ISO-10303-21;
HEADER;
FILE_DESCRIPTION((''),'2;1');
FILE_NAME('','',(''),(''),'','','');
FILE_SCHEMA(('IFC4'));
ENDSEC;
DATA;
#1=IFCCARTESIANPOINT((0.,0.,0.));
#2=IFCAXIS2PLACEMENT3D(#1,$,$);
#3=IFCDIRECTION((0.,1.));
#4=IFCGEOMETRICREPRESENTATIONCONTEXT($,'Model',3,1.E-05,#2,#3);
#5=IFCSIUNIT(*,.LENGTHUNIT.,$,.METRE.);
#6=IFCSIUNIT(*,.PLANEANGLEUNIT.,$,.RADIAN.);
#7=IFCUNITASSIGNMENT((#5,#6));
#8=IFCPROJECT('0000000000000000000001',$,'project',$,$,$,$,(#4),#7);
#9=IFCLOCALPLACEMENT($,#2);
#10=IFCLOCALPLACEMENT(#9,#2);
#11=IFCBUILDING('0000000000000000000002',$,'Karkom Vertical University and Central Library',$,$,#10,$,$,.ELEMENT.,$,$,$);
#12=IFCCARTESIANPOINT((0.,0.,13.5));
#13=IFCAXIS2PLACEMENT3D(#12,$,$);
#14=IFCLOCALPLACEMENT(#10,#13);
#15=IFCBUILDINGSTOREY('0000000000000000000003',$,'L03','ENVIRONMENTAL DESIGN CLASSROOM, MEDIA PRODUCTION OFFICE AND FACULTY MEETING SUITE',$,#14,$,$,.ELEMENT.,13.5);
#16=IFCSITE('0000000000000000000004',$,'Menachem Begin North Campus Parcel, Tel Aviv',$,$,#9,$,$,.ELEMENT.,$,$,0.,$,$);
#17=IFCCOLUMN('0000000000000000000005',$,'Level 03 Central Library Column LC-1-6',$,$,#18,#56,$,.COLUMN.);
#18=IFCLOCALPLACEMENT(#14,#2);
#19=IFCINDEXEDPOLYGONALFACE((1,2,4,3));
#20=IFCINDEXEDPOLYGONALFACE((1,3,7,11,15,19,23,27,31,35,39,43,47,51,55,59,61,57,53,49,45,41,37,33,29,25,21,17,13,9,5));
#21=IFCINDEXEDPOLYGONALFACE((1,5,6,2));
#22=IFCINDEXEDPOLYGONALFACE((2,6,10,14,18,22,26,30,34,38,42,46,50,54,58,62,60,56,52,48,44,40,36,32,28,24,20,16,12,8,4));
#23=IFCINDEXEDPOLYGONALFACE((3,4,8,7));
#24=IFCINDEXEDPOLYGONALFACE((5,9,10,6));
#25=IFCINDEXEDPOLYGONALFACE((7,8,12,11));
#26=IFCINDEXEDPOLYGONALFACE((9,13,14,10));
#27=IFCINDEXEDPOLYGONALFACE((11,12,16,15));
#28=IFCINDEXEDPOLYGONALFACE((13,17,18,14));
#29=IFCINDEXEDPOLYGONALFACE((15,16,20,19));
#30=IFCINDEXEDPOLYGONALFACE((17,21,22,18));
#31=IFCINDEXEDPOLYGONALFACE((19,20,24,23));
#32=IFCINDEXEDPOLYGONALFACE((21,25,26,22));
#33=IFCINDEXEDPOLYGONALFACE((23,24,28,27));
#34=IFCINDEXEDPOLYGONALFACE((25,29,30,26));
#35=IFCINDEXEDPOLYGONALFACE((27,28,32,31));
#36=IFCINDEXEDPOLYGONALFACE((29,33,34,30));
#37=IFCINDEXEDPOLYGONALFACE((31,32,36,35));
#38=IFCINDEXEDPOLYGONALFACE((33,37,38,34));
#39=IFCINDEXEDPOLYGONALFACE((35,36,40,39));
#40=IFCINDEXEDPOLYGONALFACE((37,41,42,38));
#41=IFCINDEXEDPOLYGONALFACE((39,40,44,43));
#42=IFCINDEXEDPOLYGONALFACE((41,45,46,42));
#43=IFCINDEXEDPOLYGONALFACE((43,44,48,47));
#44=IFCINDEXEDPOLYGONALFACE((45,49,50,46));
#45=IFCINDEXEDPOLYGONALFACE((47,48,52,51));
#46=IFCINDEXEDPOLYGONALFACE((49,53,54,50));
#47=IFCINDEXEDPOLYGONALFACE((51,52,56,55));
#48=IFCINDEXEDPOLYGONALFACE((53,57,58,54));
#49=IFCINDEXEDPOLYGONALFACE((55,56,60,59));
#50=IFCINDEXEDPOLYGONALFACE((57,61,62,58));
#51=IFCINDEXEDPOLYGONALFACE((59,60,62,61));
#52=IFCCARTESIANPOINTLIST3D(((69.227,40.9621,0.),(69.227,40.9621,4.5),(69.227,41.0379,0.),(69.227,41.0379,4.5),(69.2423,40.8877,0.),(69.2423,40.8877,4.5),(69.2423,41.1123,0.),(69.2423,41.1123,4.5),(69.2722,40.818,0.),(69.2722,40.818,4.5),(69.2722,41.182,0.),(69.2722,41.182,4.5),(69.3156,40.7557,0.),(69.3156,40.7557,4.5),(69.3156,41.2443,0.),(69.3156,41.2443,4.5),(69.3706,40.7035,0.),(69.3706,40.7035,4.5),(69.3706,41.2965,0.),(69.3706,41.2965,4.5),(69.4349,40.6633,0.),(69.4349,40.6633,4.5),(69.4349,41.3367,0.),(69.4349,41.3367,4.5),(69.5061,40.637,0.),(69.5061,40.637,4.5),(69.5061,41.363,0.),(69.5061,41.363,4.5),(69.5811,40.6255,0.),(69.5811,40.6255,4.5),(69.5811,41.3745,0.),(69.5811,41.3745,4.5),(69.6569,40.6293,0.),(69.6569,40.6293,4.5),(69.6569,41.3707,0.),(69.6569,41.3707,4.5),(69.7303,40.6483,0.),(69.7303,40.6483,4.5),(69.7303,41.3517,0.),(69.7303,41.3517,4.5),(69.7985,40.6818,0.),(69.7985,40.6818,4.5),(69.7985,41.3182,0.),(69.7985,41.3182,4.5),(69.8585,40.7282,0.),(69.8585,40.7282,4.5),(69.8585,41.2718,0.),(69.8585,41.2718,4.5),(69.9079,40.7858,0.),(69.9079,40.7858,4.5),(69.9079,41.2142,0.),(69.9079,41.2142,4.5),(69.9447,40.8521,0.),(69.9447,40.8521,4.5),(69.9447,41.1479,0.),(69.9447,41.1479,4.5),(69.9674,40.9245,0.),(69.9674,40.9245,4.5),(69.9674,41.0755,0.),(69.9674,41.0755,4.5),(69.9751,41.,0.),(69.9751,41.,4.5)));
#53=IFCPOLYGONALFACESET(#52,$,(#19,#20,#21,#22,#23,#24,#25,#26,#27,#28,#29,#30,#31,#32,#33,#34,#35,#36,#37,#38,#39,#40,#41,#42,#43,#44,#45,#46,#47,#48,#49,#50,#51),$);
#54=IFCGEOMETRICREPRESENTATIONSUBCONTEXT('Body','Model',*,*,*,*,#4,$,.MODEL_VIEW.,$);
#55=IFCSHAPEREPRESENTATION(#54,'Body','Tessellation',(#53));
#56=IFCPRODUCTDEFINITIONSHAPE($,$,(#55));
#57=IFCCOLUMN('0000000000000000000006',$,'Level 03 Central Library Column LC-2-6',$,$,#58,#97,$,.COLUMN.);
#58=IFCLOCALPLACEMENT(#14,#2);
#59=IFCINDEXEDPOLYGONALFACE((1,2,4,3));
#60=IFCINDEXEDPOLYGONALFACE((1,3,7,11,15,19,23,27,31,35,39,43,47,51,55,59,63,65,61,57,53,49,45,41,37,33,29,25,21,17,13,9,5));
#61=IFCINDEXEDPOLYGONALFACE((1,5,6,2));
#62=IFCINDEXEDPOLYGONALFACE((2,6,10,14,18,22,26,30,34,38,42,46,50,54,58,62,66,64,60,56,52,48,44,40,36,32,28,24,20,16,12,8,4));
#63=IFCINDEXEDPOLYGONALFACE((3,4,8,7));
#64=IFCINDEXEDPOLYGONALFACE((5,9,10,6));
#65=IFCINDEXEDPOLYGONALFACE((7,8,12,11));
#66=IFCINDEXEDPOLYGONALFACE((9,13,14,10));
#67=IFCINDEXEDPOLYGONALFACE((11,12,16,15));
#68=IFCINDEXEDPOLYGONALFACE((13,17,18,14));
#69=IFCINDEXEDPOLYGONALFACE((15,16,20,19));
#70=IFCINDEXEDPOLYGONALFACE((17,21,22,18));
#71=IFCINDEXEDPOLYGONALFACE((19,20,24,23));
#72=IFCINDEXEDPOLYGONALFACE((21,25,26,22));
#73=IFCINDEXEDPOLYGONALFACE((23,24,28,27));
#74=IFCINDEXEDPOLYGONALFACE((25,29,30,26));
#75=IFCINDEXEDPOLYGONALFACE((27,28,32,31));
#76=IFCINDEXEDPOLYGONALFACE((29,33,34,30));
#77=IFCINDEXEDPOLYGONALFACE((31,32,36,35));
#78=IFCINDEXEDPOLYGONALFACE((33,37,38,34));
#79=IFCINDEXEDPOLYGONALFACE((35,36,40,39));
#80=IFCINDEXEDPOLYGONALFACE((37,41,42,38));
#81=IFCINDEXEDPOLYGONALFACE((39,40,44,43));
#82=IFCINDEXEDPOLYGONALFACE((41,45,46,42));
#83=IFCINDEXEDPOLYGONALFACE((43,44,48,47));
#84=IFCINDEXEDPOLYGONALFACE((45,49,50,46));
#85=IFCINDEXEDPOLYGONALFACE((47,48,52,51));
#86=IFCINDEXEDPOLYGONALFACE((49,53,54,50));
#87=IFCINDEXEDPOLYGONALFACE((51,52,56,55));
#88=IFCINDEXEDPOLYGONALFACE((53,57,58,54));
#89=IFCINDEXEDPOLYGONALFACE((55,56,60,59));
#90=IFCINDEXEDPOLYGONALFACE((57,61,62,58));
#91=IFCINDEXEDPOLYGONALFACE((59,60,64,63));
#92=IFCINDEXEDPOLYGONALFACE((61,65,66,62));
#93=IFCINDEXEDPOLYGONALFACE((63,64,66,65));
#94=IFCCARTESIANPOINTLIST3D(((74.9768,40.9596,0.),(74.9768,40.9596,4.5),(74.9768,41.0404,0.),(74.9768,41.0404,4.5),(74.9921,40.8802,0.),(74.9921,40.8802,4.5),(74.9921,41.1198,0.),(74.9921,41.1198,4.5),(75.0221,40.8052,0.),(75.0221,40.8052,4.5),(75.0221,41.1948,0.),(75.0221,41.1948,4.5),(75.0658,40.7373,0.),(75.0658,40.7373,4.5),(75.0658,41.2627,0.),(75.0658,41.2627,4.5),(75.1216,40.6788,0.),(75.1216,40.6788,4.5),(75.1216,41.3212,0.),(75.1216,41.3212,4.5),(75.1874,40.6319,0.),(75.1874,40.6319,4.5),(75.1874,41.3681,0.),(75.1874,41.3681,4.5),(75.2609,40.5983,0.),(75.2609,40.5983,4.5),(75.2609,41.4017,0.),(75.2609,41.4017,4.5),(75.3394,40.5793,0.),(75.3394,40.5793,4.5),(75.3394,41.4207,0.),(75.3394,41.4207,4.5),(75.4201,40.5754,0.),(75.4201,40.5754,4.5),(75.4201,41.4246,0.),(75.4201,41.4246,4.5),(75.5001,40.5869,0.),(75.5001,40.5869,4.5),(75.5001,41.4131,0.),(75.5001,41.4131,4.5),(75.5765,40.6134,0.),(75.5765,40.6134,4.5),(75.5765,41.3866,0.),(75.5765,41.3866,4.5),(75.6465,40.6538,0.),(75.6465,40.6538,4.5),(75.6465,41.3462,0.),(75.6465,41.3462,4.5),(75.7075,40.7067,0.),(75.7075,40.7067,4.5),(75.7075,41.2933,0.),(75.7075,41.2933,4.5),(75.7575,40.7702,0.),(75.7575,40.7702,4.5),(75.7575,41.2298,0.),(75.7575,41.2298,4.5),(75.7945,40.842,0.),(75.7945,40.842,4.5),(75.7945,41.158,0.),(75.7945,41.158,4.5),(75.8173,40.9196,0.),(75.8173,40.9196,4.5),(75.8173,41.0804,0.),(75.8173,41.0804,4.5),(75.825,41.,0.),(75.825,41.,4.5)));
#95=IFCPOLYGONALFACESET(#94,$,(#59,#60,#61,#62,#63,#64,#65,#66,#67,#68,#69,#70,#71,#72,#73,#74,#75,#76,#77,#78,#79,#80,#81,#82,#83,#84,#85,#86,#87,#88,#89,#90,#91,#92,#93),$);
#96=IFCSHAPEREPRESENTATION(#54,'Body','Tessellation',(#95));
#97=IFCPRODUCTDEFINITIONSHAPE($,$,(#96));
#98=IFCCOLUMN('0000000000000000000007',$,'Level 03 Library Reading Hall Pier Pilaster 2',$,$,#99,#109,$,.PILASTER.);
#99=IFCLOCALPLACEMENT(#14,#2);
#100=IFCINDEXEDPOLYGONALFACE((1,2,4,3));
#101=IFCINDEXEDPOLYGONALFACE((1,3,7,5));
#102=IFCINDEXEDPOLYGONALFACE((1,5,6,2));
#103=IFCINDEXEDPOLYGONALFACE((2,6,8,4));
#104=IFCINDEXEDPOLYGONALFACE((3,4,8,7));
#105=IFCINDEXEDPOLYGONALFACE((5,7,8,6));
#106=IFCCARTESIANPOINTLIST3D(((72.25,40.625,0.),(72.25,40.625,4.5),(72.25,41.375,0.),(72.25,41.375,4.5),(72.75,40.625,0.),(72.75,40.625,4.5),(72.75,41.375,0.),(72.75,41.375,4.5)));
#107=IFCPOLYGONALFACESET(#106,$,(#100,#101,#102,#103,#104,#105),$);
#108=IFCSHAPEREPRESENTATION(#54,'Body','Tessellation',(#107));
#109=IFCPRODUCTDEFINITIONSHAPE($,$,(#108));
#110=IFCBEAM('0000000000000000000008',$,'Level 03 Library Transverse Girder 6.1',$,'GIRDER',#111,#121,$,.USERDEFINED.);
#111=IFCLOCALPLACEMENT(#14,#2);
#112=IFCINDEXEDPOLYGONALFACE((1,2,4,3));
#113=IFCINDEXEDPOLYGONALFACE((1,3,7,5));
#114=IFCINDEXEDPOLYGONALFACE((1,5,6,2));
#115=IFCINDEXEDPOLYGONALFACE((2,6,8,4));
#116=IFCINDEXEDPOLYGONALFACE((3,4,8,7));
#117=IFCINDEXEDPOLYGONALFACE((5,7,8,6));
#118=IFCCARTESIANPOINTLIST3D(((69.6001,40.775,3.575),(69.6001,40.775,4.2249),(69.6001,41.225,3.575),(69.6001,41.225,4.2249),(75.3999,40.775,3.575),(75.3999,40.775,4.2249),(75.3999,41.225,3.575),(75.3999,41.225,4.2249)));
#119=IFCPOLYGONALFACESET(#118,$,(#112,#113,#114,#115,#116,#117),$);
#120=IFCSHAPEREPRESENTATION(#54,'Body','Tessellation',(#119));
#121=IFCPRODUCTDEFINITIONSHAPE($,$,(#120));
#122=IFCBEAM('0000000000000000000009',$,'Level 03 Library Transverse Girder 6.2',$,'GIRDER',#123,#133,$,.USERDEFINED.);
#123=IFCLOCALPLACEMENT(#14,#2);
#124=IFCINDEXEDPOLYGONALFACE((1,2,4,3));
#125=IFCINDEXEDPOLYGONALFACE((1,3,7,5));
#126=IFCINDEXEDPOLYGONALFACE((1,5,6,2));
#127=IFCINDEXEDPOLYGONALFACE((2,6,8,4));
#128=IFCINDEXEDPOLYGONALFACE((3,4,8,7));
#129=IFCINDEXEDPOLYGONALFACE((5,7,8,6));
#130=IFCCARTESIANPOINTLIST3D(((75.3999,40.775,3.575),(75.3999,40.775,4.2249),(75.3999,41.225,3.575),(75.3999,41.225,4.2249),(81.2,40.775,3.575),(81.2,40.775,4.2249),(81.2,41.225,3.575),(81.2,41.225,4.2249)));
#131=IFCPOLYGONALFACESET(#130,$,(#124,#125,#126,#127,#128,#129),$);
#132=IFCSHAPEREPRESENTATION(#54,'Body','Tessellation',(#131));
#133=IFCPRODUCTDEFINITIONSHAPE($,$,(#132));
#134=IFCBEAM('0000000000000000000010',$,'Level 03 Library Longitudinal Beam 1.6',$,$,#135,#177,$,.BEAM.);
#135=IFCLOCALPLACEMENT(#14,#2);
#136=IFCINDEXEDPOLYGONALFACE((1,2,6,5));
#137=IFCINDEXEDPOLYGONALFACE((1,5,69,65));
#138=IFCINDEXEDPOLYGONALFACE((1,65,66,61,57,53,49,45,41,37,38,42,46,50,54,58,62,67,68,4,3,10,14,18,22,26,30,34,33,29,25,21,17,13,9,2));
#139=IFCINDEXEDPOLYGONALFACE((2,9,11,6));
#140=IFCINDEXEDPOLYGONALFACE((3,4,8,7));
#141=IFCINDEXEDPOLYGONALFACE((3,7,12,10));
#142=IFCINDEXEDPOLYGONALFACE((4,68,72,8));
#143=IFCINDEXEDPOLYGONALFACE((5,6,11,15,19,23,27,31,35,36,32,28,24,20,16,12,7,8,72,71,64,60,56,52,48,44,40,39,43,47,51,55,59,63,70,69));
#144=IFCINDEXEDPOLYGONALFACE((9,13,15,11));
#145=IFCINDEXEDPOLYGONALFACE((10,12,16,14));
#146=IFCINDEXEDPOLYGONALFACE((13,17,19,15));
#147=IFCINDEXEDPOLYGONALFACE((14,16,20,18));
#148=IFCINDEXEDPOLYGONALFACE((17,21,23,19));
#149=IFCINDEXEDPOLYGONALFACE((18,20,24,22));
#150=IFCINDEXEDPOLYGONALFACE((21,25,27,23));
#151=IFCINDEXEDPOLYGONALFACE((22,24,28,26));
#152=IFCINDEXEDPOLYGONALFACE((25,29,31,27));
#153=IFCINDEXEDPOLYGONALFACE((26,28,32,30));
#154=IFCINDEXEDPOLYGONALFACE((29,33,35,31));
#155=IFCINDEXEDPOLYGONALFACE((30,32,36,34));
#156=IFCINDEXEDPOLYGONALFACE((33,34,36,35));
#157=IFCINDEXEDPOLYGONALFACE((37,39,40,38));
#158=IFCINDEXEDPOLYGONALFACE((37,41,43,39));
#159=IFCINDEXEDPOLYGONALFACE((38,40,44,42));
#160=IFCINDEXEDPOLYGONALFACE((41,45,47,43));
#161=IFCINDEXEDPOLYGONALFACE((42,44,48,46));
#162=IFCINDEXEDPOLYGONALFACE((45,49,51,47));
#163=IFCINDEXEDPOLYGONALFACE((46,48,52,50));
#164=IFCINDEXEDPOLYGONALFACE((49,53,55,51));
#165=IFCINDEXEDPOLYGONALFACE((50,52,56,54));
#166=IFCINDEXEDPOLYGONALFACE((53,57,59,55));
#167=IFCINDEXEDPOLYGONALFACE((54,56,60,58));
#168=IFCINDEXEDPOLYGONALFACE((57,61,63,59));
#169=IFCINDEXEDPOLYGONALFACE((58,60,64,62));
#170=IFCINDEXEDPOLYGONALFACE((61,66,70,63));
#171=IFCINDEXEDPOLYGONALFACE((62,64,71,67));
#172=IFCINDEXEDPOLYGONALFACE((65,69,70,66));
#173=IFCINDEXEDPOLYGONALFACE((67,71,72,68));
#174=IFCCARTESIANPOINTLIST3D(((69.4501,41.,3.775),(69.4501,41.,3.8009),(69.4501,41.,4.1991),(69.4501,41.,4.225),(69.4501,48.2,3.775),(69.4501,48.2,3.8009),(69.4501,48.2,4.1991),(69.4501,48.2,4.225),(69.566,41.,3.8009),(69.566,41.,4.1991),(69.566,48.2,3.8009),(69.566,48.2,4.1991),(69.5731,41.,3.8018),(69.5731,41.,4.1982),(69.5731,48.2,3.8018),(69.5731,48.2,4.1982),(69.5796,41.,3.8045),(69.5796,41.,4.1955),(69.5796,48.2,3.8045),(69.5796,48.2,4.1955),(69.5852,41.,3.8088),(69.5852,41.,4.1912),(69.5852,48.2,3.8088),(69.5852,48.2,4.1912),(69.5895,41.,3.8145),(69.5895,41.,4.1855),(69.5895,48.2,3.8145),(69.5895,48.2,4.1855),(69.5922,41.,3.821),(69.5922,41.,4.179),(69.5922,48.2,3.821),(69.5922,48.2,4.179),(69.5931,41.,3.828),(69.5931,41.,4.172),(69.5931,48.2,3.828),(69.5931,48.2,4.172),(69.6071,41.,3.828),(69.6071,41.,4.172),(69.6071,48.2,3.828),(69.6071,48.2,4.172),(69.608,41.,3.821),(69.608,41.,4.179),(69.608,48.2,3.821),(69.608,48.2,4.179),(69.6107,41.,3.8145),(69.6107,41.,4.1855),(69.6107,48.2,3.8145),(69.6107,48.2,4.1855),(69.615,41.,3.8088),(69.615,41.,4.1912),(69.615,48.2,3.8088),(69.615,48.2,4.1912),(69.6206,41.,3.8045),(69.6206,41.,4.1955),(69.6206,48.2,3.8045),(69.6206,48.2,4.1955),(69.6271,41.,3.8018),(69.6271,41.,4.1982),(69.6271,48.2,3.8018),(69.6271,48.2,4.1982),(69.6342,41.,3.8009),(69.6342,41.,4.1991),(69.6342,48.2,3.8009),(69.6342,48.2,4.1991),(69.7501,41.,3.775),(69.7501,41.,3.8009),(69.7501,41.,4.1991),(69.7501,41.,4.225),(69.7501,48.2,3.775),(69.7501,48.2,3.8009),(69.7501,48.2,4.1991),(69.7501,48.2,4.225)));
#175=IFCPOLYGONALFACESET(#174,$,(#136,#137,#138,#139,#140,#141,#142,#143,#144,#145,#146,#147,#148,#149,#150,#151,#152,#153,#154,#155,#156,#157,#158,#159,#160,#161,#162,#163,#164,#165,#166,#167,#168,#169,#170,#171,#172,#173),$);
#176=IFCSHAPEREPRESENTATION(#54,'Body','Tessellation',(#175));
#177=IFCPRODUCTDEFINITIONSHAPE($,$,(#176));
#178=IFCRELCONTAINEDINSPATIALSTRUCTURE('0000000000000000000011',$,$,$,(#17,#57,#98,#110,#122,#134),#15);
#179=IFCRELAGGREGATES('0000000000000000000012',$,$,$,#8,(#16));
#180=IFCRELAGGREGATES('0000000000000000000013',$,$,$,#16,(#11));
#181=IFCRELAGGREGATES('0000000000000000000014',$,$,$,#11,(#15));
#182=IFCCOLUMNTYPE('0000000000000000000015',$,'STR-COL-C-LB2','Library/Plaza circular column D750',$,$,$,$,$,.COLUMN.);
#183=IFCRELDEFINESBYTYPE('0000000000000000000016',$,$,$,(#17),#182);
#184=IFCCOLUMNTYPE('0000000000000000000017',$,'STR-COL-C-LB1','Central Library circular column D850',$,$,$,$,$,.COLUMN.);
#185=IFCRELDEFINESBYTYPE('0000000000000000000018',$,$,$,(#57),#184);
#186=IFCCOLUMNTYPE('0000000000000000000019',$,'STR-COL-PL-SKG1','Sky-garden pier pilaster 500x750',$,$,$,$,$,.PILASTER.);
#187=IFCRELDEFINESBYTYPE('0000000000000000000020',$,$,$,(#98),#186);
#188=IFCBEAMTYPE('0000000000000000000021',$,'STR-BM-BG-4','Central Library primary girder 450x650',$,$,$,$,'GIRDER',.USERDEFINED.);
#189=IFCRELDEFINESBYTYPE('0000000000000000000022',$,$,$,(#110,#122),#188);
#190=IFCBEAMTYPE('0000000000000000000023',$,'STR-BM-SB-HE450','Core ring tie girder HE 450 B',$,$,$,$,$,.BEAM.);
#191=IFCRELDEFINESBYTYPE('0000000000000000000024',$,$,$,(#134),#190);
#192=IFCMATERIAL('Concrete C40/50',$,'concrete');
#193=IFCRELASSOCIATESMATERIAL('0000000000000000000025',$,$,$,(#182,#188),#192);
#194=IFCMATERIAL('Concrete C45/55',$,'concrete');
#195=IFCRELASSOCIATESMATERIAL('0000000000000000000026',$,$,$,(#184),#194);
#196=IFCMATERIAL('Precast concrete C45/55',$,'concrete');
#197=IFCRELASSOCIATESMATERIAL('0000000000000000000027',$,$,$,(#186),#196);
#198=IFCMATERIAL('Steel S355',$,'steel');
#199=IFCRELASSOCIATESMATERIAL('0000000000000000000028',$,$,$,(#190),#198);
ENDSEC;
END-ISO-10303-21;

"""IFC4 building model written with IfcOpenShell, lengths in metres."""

from ifc_helpers import new_model, si_unit, direction, frame, origin, origin_with_axes, origin_2d, place, context, subcontext, project, spatial, rectangle, circle, i_section, extrude, source, transform, mapped, material, material_profile, profile_set, type_object, element, save


model = new_model("IFC4")

# Units and contexts
model_context = context("Model", 3, precision=1e-05, world=origin(), true_north=direction((0.0, 1.0)))
body_context = subcontext(model_context, "Body", "Model", "MODEL_VIEW")
ifc_project = project(units=[si_unit("LENGTHUNIT", "METRE"), si_unit("PLANEANGLEUNIT", "RADIAN")], contexts=[model_context])

# Site, building, storey
site_placement = place(None, origin())
site = spatial("IfcSite", under=ifc_project, at=site_placement, Name="Menachem Begin North Campus Parcel, Tel Aviv", CompositionType="ELEMENT", RefElevation=0.0)
building_placement = place(site_placement, origin())
building = spatial("IfcBuilding", under=site, at=building_placement, Name="Karkom Vertical University and Central Library", CompositionType="ELEMENT")
storey_placement = place(building_placement, frame((0.0, 0.0, 13.5)))
storey = spatial("IfcBuildingStorey", under=building, at=storey_placement, Name="L03", Description="ENVIRONMENTAL DESIGN CLASSROOM, MEDIA PRODUCTION OFFICE AND FACULTY MEETING SUITE", CompositionType="ELEMENT", Elevation=13.5)

# Columns
ifc_material_1 = material(Name="Concrete C40/50", Category="concrete")
ifc_material_profile_1 = material_profile(ifc_material_1, circle(Radius=0.375, at=origin_2d()), Name="RC-D750")
ifc_profile_set_1 = profile_set([ifc_material_profile_1], Name="Concrete C40/50")
column_type_1 = type_object("IfcColumnType", Name="STR-COL-C-LB2", Description="Library/Plaza circular column D750", PredefinedType="COLUMN", material=ifc_profile_set_1)
shared_shape_1 = source(origin_with_axes(), body_context, "Body", "SweptSolid", [
    extrude(circle(Radius=0.375, at=origin_2d()), origin(), (0.0, 0.0, 1.0), 4.5),
])
column_1_placement = place(storey_placement, frame((69.6001, 41.0, 0.0), z_axis=(0.0, 0.0, 1.0), x_axis=(1.0, 0.0, 0.0)))
element("IfcColumn", 1, at=column_1_placement, inside=storey, type_object=column_type_1, Name="Level 03 Central Library Column LC-1-6", PredefinedType="COLUMN", context=body_context, shape_type="MappedRepresentation", body=[
    mapped(shared_shape_1, transform((0.0, 0.0, 0.0), scale=1.0)),
])
ifc_material_2 = material(Name="Concrete C45/55", Category="concrete")
ifc_material_profile_2 = material_profile(ifc_material_2, circle(Radius=0.425, at=origin_2d()), Name="RC-D850")
ifc_profile_set_2 = profile_set([ifc_material_profile_2], Name="Concrete C45/55")
column_type_2 = type_object("IfcColumnType", Name="STR-COL-C-LB1", Description="Central Library circular column D850", PredefinedType="COLUMN", material=ifc_profile_set_2)
shared_shape_2 = source(origin_with_axes(), body_context, "Body", "SweptSolid", [
    extrude(circle(Radius=0.425, at=origin_2d()), origin(), (0.0, 0.0, 1.0), 4.5),
])
column_2_placement = place(storey_placement, frame((75.3999, 41.0, 0.0), z_axis=(0.0, 0.0, 1.0), x_axis=(1.0, 0.0, 0.0)))
element("IfcColumn", 2, at=column_2_placement, inside=storey, type_object=column_type_2, Name="Level 03 Central Library Column LC-2-6", PredefinedType="COLUMN", context=body_context, shape_type="MappedRepresentation", body=[
    mapped(shared_shape_2, transform((0.0, 0.0, 0.0), scale=1.0)),
])
ifc_material_3 = material(Name="Precast concrete C45/55", Category="concrete")
ifc_material_profile_3 = material_profile(ifc_material_3, rectangle(XDim=0.5, YDim=0.75, at=origin_2d()), Name="PIL-500x750")
ifc_profile_set_3 = profile_set([ifc_material_profile_3], Name="Precast concrete C45/55")
column_type_3 = type_object("IfcColumnType", Name="STR-COL-PL-SKG1", Description="Sky-garden pier pilaster 500x750", PredefinedType="PILASTER", material=ifc_profile_set_3)
shared_shape_3 = source(origin_with_axes(), body_context, "Body", "SweptSolid", [
    extrude(rectangle(XDim=0.5, YDim=0.75, at=origin_2d()), origin(), (0.0, 0.0, 1.0), 4.5),
])
column_3_placement = place(storey_placement, frame((72.5, 41.0, 0.0), z_axis=(0.0, 0.0, 1.0), x_axis=(1.0, 0.0, 0.0)))
element("IfcColumn", 3, at=column_3_placement, inside=storey, type_object=column_type_3, Name="Level 03 Library Reading Hall Pier Pilaster 2", PredefinedType="PILASTER", context=body_context, shape_type="MappedRepresentation", body=[
    mapped(shared_shape_3, transform((0.0, 0.0, 0.0), scale=1.0)),
])

# Beams
ifc_material_profile_4 = material_profile(ifc_material_1, rectangle(XDim=0.45, YDim=0.6499, at=origin_2d()), Name="RCB-450x650")
ifc_profile_set_4 = profile_set([ifc_material_profile_4], Name="Concrete C40/50")
beam_type_1 = type_object("IfcBeamType", Name="STR-BM-BG-4", Description="Central Library primary girder 450x650", ElementType="GIRDER", PredefinedType="USERDEFINED", material=ifc_profile_set_4)
shared_shape_4 = source(origin_with_axes(), body_context, "Body", "SweptSolid", [
    extrude(rectangle(XDim=0.45, YDim=0.6499, at=origin_2d()), origin(), (0.0, 0.0, 1.0), 5.7998),
])
beam_1_placement = place(storey_placement, frame((69.6001, 41.0, 3.8999), z_axis=(1.0, 0.0, 0.0), x_axis=(0.0, 1.0, 0.0)))
element("IfcBeam", 4, at=beam_1_placement, inside=storey, type_object=beam_type_1, Name="Level 03 Library Transverse Girder 6.1", ObjectType="GIRDER", PredefinedType="USERDEFINED", context=body_context, shape_type="MappedRepresentation", body=[
    mapped(shared_shape_4, transform((0.0, 0.0, 0.0), scale=1.0)),
])
shared_shape_5 = source(origin_with_axes(), body_context, "Body", "SweptSolid", [
    extrude(rectangle(XDim=0.45, YDim=0.6499, at=origin_2d()), origin(), (0.0, 0.0, 1.0), 5.8),
])
beam_2_placement = place(storey_placement, frame((75.3999, 41.0, 3.8999), z_axis=(1.0, 0.0, 0.0), x_axis=(0.0, 1.0, 0.0)))
element("IfcBeam", 5, at=beam_2_placement, inside=storey, type_object=beam_type_1, Name="Level 03 Library Transverse Girder 6.2", ObjectType="GIRDER", PredefinedType="USERDEFINED", context=body_context, shape_type="MappedRepresentation", body=[
    mapped(shared_shape_5, transform((0.0, 0.0, 0.0), scale=1.0)),
])
ifc_material_4 = material(Name="Steel S355", Category="steel")
ifc_material_profile_5 = material_profile(ifc_material_4, i_section(OverallWidth=0.3, OverallDepth=0.45, WebThickness=0.0139, FlangeThickness=0.0259, FilletRadius=0.0271, at=origin_2d()), Name="HE 450 B")
ifc_profile_set_5 = profile_set([ifc_material_profile_5], Name="Steel S355")
beam_type_2 = type_object("IfcBeamType", Name="STR-BM-SB-HE450", Description="Core ring tie girder HE 450 B", PredefinedType="BEAM", material=ifc_profile_set_5)
shared_shape_6 = source(origin_with_axes(), body_context, "Body", "SweptSolid", [
    extrude(i_section(OverallWidth=0.3, OverallDepth=0.45, WebThickness=0.0139, FlangeThickness=0.0259, FilletRadius=0.0271, at=origin_2d()), origin(), (0.0, 0.0, 1.0), 7.2),
])
beam_3_placement = place(storey_placement, frame((69.6001, 41.0, 4.0), z_axis=(0.0, 1.0, 0.0), x_axis=(-1.0, 0.0, 0.0)))
element("IfcBeam", 6, at=beam_3_placement, inside=storey, type_object=beam_type_2, Name="Level 03 Library Longitudinal Beam 1.6", PredefinedType="BEAM", context=body_context, shape_type="MappedRepresentation", body=[
    mapped(shared_shape_6, transform((0.0, 0.0, 0.0), scale=1.0)),
])

save(model, "model.ifc")
